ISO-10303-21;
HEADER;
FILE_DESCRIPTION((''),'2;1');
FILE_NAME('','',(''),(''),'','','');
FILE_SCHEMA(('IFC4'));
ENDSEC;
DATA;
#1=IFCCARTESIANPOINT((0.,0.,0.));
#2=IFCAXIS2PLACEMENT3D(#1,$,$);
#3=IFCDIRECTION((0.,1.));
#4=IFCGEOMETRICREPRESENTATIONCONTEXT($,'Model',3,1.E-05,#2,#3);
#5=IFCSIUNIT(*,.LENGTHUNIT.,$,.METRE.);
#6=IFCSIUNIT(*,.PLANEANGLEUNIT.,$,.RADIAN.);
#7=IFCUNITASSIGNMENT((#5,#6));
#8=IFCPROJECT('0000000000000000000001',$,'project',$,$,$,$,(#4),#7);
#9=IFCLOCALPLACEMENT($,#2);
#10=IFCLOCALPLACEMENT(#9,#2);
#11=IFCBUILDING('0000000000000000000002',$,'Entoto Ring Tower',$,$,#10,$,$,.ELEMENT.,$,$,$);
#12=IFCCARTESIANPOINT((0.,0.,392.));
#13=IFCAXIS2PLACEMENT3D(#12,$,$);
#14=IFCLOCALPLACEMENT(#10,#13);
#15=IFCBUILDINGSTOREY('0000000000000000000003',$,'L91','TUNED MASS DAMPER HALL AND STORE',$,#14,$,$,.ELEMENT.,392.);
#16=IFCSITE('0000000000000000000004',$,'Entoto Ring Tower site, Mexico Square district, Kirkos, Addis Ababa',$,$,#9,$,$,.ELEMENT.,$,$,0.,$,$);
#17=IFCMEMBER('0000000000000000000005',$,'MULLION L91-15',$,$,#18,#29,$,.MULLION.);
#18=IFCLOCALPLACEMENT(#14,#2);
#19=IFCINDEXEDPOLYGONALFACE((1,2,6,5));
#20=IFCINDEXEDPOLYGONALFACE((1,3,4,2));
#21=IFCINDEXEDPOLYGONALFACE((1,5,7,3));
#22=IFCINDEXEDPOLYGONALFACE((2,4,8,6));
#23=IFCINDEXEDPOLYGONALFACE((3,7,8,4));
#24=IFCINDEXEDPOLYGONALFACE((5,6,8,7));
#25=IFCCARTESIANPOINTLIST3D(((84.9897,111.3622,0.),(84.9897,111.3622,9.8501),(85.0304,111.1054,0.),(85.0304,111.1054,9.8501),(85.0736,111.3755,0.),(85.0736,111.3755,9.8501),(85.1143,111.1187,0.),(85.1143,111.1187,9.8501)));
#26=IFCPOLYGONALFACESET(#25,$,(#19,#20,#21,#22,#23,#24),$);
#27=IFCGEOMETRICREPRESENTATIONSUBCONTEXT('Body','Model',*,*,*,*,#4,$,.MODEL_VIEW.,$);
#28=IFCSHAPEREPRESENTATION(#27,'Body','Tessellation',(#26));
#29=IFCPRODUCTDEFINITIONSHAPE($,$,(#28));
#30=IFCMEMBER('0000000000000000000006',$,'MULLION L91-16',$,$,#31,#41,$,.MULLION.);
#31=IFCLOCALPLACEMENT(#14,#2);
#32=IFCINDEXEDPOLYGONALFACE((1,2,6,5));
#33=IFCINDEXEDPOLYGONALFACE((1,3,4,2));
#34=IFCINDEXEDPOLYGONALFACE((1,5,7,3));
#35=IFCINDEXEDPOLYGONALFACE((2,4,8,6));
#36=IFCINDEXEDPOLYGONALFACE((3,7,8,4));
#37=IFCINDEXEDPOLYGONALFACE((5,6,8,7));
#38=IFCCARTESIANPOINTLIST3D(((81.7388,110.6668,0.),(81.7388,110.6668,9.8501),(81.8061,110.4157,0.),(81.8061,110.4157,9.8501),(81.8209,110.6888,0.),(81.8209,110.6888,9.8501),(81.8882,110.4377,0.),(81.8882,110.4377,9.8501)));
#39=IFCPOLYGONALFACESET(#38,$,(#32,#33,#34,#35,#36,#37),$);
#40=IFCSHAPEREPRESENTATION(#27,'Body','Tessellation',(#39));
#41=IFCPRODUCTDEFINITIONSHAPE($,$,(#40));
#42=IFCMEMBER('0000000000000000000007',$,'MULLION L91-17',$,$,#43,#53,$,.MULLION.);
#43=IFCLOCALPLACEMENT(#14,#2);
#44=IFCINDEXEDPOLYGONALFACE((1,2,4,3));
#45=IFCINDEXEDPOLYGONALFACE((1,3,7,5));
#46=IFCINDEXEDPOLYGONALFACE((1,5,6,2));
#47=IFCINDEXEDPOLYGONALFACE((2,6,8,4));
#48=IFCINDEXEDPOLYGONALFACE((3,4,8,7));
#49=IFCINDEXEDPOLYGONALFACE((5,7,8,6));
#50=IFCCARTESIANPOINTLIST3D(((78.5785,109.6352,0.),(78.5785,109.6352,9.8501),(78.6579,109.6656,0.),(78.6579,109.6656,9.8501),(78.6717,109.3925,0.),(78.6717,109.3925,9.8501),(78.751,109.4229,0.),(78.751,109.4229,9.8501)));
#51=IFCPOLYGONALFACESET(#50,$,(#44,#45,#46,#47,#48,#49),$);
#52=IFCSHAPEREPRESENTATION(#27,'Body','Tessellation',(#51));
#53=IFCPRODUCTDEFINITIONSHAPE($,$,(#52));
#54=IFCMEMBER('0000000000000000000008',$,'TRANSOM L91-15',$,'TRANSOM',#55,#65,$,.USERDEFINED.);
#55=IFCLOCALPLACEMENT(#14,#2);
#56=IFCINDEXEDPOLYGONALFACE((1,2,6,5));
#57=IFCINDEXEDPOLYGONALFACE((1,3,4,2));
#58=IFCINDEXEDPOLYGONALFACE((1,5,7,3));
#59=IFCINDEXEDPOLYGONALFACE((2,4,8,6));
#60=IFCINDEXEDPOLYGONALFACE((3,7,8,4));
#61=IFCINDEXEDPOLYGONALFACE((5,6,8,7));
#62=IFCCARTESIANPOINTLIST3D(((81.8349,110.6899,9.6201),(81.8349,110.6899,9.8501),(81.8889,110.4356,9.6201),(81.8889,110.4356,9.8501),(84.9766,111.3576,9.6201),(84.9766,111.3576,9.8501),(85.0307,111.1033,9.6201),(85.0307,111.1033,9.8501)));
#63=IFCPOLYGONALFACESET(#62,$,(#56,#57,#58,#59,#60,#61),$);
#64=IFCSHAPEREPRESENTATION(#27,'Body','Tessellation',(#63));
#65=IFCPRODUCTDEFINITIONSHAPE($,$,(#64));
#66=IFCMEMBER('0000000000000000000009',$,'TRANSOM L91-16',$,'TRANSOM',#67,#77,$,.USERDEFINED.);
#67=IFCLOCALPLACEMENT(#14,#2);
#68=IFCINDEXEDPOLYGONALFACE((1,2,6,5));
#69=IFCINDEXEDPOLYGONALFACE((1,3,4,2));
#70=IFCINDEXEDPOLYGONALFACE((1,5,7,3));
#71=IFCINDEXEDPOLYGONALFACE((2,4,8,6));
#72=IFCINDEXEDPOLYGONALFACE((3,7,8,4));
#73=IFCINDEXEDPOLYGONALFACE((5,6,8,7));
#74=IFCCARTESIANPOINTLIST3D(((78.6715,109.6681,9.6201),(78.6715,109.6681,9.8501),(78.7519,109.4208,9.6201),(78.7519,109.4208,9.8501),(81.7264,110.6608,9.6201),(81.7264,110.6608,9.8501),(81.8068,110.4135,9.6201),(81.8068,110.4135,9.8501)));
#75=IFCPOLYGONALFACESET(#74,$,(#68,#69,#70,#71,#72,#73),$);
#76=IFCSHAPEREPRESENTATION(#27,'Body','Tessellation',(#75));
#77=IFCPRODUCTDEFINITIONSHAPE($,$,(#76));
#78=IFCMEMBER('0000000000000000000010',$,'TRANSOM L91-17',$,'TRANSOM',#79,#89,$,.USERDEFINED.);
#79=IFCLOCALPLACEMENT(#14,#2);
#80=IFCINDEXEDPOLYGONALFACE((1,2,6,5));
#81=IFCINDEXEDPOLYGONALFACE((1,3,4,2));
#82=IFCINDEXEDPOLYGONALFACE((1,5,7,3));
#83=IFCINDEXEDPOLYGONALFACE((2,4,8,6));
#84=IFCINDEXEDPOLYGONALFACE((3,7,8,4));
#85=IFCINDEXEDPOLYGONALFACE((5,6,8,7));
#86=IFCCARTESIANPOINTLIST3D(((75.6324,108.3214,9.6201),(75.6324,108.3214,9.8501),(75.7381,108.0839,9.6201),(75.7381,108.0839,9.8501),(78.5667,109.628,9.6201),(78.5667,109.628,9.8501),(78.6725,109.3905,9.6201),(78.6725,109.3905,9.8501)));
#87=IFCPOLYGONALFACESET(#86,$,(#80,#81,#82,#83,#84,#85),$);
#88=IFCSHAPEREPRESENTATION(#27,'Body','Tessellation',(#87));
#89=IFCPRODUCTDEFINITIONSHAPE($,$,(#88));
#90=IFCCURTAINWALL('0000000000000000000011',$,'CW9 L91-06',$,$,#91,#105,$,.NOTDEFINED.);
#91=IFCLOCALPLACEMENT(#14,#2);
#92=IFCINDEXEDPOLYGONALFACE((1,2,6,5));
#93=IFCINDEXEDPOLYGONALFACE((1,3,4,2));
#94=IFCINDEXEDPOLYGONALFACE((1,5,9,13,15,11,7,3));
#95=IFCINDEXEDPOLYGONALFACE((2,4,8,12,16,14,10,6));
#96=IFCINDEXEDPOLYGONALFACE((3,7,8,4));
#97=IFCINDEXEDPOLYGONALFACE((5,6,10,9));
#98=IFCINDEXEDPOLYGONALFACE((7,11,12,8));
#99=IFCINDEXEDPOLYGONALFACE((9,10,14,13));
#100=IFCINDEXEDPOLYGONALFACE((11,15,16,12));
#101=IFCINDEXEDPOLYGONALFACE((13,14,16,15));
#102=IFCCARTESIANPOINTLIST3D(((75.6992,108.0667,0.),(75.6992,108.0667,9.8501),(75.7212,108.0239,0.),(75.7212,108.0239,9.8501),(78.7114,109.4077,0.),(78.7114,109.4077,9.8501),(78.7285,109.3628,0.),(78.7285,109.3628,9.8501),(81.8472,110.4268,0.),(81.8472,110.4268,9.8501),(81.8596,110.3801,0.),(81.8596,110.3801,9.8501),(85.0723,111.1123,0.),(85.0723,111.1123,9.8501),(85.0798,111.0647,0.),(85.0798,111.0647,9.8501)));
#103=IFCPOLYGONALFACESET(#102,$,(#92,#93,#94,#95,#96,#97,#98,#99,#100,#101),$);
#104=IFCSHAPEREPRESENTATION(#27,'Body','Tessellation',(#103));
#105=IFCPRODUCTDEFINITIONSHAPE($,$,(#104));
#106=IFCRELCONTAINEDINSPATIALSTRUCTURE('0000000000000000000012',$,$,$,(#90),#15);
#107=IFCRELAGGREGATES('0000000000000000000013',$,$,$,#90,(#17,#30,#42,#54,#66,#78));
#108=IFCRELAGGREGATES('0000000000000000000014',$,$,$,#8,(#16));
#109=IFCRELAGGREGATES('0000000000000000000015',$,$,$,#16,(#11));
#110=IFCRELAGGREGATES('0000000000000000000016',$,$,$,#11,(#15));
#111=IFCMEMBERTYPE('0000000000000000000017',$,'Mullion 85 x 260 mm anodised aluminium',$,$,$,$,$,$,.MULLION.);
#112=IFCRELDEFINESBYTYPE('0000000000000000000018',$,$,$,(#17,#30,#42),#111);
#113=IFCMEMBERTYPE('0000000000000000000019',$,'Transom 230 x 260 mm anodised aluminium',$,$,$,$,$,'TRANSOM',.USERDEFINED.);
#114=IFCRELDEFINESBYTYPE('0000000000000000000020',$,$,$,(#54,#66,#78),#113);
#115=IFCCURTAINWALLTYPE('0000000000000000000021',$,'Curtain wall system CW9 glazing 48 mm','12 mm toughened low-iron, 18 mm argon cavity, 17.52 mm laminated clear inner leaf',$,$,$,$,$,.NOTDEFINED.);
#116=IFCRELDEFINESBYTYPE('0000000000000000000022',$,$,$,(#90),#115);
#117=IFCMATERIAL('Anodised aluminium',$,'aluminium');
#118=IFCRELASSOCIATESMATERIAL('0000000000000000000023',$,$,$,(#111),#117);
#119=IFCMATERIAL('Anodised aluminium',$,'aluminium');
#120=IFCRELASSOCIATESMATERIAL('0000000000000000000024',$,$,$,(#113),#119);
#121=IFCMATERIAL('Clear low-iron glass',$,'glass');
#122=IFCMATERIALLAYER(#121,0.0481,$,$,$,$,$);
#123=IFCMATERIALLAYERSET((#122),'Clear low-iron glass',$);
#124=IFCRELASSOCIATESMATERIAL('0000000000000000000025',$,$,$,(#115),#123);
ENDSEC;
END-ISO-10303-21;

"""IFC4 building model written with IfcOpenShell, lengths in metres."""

from ifc_helpers import new_model, si_unit, direction, frame, origin, origin_2d, place, context, subcontext, project, spatial, polyline, rectangle, outline, extrude, material, layer, layer_set, material_profile, profile_set, type_object, element, aggregate, save


model = new_model("IFC4")

# Units and contexts
model_context = context("Model", 3, precision=1e-05, world=origin(), true_north=direction((0.0, 1.0)))
body_context = subcontext(model_context, "Body", "Model", "MODEL_VIEW")
ifc_project = project(units=[si_unit("LENGTHUNIT", "METRE"), si_unit("PLANEANGLEUNIT", "RADIAN")], contexts=[model_context])

# Members
ifc_material_1 = material(Name="Anodised aluminium", Category="aluminium")
ifc_material_profile_1 = material_profile(ifc_material_1, rectangle(XDim=0.085, YDim=0.26, at=origin_2d()), Name="Mullion 85 x 260 mm anodised aluminium")
ifc_profile_set_1 = profile_set([ifc_material_profile_1], Name="Anodised aluminium")
member_type_1 = type_object("IfcMemberType", Name="Mullion 85 x 260 mm anodised aluminium", PredefinedType="MULLION", material=ifc_profile_set_1)
site_placement = place(None, origin())
building_placement = place(site_placement, origin())
storey_placement = place(building_placement, frame((0.0, 0.0, 392.0)))
member_1_placement = place(storey_placement, frame((85.052, 111.2405, 0.0), z_axis=(0.0, 0.0, 1.0), x_axis=(-0.987688, -0.156434, 0.0)))
member_1 = element("IfcMember", 1, at=member_1_placement, type_object=member_type_1, Name="MULLION L91-15", PredefinedType="MULLION", context=body_context, shape_type="SweptSolid", body=[
    extrude(rectangle(XDim=0.085, YDim=0.26, at=origin_2d()), origin(), (0.0, 0.0, 1.0), 9.8501),
])
member_2_placement = place(storey_placement, frame((81.8135, 110.5522, 0.0), z_axis=(0.0, 0.0, 1.0), x_axis=(-0.965926, -0.258819, 0.0)))
member_2 = element("IfcMember", 2, at=member_2_placement, type_object=member_type_1, Name="MULLION L91-16", PredefinedType="MULLION", context=body_context, shape_type="SweptSolid", body=[
    extrude(rectangle(XDim=0.085, YDim=0.26, at=origin_2d()), origin(), (0.0, 0.0, 1.0), 9.8501),
])
member_3_placement = place(storey_placement, frame((78.6648, 109.5291, 0.0), z_axis=(0.0, 0.0, 1.0), x_axis=(-0.93358, -0.358368, 0.0)))
member_3 = element("IfcMember", 3, at=member_3_placement, type_object=member_type_1, Name="MULLION L91-17", PredefinedType="MULLION", context=body_context, shape_type="SweptSolid", body=[
    extrude(rectangle(XDim=0.085, YDim=0.26, at=origin_2d()), origin(), (0.0, 0.0, 1.0), 9.8501),
])
ifc_material_2 = material(Name="Anodised aluminium", Category="aluminium")
ifc_material_profile_2 = material_profile(ifc_material_2, rectangle(XDim=0.26, YDim=0.23, at=origin_2d()), Name="Transom 230 x 260 mm anodised aluminium")
ifc_profile_set_2 = profile_set([ifc_material_profile_2], Name="Anodised aluminium")
member_type_2 = type_object("IfcMemberType", Name="Transom 230 x 260 mm anodised aluminium", ElementType="TRANSOM", PredefinedType="USERDEFINED", material=ifc_profile_set_2)
member_4_placement = place(storey_placement, frame((85.0037, 111.2305, 9.7351), z_axis=(-0.978154, -0.207883, 0.0), x_axis=(0.207883, -0.978154, 0.0)))
member_4 = element("IfcMember", 4, at=member_4_placement, type_object=member_type_2, Name="TRANSOM L91-15", ObjectType="TRANSOM", PredefinedType="USERDEFINED", context=body_context, shape_type="SweptSolid", body=[
    extrude(rectangle(XDim=0.26, YDim=0.23, at=origin_2d()), origin(), (0.0, 0.0, 1.0), 3.2119),
])
member_5_placement = place(storey_placement, frame((81.7666, 110.5371, 9.7351), z_axis=(-0.95105, -0.309036, 0.0), x_axis=(0.309036, -0.95105, 0.0)))
member_5 = element("IfcMember", 5, at=member_5_placement, type_object=member_type_2, Name="TRANSOM L91-16", ObjectType="TRANSOM", PredefinedType="USERDEFINED", context=body_context, shape_type="SweptSolid", body=[
    extrude(rectangle(XDim=0.26, YDim=0.23, at=origin_2d()), origin(), (0.0, 0.0, 1.0), 3.2122),
])
member_6_placement = place(storey_placement, frame((78.6196, 109.5093, 9.7351), z_axis=(-0.913523, -0.406787, 0.0), x_axis=(0.406787, -0.913523, 0.0)))
member_6 = element("IfcMember", 6, at=member_6_placement, type_object=member_type_2, Name="TRANSOM L91-17", ObjectType="TRANSOM", PredefinedType="USERDEFINED", context=body_context, shape_type="SweptSolid", body=[
    extrude(rectangle(XDim=0.26, YDim=0.23, at=origin_2d()), origin(), (0.0, 0.0, 1.0), 3.2122),
])

# Site, building, storey
site = spatial("IfcSite", under=ifc_project, at=site_placement, Name="Entoto Ring Tower site, Mexico Square district, Kirkos, Addis Ababa", CompositionType="ELEMENT", RefElevation=0.0)
building = spatial("IfcBuilding", under=site, at=building_placement, Name="Entoto Ring Tower", CompositionType="ELEMENT")
storey = spatial("IfcBuildingStorey", under=building, at=storey_placement, Name="L91", Description="TUNED MASS DAMPER HALL AND STORE", CompositionType="ELEMENT", Elevation=392.0)

# Curtain wall
ifc_material_3 = material(Name="Clear low-iron glass", Category="glass")
ifc_layer = layer(ifc_material_3, 0.0481)
ifc_layer_set = layer_set([ifc_layer], Name="Clear low-iron glass")
curtain_wall_type = type_object("IfcCurtainWallType", Name="Curtain wall system CW9 glazing 48 mm", Description="12 mm toughened low-iron, 18 mm argon cavity, 17.52 mm laminated clear inner leaf", PredefinedType="NOTDEFINED", material=ifc_layer_set)
curtain_wall_1_placement = place(storey_placement, origin())
curtain_wall_1 = element("IfcCurtainWall", 7, at=curtain_wall_1_placement, inside=storey, type_object=curtain_wall_type, Name="CW9 L91-06", PredefinedType="NOTDEFINED", context=body_context, shape_type="SweptSolid", body=[
    extrude(outline(polyline([(85.0723, 111.1123), (81.8472, 110.4268), (78.7114, 109.4077), (75.6992, 108.0667), (75.7212, 108.0239), (78.7285, 109.3628), (81.8596, 110.3801), (85.0798, 111.0647), (85.0723, 111.1123)])), origin(), (0.0, 0.0, 1.0), 9.8501),
])
aggregate(curtain_wall_1, [member_1, member_2, member_3, member_4, member_5, member_6])

save(model, "model.ifc")
